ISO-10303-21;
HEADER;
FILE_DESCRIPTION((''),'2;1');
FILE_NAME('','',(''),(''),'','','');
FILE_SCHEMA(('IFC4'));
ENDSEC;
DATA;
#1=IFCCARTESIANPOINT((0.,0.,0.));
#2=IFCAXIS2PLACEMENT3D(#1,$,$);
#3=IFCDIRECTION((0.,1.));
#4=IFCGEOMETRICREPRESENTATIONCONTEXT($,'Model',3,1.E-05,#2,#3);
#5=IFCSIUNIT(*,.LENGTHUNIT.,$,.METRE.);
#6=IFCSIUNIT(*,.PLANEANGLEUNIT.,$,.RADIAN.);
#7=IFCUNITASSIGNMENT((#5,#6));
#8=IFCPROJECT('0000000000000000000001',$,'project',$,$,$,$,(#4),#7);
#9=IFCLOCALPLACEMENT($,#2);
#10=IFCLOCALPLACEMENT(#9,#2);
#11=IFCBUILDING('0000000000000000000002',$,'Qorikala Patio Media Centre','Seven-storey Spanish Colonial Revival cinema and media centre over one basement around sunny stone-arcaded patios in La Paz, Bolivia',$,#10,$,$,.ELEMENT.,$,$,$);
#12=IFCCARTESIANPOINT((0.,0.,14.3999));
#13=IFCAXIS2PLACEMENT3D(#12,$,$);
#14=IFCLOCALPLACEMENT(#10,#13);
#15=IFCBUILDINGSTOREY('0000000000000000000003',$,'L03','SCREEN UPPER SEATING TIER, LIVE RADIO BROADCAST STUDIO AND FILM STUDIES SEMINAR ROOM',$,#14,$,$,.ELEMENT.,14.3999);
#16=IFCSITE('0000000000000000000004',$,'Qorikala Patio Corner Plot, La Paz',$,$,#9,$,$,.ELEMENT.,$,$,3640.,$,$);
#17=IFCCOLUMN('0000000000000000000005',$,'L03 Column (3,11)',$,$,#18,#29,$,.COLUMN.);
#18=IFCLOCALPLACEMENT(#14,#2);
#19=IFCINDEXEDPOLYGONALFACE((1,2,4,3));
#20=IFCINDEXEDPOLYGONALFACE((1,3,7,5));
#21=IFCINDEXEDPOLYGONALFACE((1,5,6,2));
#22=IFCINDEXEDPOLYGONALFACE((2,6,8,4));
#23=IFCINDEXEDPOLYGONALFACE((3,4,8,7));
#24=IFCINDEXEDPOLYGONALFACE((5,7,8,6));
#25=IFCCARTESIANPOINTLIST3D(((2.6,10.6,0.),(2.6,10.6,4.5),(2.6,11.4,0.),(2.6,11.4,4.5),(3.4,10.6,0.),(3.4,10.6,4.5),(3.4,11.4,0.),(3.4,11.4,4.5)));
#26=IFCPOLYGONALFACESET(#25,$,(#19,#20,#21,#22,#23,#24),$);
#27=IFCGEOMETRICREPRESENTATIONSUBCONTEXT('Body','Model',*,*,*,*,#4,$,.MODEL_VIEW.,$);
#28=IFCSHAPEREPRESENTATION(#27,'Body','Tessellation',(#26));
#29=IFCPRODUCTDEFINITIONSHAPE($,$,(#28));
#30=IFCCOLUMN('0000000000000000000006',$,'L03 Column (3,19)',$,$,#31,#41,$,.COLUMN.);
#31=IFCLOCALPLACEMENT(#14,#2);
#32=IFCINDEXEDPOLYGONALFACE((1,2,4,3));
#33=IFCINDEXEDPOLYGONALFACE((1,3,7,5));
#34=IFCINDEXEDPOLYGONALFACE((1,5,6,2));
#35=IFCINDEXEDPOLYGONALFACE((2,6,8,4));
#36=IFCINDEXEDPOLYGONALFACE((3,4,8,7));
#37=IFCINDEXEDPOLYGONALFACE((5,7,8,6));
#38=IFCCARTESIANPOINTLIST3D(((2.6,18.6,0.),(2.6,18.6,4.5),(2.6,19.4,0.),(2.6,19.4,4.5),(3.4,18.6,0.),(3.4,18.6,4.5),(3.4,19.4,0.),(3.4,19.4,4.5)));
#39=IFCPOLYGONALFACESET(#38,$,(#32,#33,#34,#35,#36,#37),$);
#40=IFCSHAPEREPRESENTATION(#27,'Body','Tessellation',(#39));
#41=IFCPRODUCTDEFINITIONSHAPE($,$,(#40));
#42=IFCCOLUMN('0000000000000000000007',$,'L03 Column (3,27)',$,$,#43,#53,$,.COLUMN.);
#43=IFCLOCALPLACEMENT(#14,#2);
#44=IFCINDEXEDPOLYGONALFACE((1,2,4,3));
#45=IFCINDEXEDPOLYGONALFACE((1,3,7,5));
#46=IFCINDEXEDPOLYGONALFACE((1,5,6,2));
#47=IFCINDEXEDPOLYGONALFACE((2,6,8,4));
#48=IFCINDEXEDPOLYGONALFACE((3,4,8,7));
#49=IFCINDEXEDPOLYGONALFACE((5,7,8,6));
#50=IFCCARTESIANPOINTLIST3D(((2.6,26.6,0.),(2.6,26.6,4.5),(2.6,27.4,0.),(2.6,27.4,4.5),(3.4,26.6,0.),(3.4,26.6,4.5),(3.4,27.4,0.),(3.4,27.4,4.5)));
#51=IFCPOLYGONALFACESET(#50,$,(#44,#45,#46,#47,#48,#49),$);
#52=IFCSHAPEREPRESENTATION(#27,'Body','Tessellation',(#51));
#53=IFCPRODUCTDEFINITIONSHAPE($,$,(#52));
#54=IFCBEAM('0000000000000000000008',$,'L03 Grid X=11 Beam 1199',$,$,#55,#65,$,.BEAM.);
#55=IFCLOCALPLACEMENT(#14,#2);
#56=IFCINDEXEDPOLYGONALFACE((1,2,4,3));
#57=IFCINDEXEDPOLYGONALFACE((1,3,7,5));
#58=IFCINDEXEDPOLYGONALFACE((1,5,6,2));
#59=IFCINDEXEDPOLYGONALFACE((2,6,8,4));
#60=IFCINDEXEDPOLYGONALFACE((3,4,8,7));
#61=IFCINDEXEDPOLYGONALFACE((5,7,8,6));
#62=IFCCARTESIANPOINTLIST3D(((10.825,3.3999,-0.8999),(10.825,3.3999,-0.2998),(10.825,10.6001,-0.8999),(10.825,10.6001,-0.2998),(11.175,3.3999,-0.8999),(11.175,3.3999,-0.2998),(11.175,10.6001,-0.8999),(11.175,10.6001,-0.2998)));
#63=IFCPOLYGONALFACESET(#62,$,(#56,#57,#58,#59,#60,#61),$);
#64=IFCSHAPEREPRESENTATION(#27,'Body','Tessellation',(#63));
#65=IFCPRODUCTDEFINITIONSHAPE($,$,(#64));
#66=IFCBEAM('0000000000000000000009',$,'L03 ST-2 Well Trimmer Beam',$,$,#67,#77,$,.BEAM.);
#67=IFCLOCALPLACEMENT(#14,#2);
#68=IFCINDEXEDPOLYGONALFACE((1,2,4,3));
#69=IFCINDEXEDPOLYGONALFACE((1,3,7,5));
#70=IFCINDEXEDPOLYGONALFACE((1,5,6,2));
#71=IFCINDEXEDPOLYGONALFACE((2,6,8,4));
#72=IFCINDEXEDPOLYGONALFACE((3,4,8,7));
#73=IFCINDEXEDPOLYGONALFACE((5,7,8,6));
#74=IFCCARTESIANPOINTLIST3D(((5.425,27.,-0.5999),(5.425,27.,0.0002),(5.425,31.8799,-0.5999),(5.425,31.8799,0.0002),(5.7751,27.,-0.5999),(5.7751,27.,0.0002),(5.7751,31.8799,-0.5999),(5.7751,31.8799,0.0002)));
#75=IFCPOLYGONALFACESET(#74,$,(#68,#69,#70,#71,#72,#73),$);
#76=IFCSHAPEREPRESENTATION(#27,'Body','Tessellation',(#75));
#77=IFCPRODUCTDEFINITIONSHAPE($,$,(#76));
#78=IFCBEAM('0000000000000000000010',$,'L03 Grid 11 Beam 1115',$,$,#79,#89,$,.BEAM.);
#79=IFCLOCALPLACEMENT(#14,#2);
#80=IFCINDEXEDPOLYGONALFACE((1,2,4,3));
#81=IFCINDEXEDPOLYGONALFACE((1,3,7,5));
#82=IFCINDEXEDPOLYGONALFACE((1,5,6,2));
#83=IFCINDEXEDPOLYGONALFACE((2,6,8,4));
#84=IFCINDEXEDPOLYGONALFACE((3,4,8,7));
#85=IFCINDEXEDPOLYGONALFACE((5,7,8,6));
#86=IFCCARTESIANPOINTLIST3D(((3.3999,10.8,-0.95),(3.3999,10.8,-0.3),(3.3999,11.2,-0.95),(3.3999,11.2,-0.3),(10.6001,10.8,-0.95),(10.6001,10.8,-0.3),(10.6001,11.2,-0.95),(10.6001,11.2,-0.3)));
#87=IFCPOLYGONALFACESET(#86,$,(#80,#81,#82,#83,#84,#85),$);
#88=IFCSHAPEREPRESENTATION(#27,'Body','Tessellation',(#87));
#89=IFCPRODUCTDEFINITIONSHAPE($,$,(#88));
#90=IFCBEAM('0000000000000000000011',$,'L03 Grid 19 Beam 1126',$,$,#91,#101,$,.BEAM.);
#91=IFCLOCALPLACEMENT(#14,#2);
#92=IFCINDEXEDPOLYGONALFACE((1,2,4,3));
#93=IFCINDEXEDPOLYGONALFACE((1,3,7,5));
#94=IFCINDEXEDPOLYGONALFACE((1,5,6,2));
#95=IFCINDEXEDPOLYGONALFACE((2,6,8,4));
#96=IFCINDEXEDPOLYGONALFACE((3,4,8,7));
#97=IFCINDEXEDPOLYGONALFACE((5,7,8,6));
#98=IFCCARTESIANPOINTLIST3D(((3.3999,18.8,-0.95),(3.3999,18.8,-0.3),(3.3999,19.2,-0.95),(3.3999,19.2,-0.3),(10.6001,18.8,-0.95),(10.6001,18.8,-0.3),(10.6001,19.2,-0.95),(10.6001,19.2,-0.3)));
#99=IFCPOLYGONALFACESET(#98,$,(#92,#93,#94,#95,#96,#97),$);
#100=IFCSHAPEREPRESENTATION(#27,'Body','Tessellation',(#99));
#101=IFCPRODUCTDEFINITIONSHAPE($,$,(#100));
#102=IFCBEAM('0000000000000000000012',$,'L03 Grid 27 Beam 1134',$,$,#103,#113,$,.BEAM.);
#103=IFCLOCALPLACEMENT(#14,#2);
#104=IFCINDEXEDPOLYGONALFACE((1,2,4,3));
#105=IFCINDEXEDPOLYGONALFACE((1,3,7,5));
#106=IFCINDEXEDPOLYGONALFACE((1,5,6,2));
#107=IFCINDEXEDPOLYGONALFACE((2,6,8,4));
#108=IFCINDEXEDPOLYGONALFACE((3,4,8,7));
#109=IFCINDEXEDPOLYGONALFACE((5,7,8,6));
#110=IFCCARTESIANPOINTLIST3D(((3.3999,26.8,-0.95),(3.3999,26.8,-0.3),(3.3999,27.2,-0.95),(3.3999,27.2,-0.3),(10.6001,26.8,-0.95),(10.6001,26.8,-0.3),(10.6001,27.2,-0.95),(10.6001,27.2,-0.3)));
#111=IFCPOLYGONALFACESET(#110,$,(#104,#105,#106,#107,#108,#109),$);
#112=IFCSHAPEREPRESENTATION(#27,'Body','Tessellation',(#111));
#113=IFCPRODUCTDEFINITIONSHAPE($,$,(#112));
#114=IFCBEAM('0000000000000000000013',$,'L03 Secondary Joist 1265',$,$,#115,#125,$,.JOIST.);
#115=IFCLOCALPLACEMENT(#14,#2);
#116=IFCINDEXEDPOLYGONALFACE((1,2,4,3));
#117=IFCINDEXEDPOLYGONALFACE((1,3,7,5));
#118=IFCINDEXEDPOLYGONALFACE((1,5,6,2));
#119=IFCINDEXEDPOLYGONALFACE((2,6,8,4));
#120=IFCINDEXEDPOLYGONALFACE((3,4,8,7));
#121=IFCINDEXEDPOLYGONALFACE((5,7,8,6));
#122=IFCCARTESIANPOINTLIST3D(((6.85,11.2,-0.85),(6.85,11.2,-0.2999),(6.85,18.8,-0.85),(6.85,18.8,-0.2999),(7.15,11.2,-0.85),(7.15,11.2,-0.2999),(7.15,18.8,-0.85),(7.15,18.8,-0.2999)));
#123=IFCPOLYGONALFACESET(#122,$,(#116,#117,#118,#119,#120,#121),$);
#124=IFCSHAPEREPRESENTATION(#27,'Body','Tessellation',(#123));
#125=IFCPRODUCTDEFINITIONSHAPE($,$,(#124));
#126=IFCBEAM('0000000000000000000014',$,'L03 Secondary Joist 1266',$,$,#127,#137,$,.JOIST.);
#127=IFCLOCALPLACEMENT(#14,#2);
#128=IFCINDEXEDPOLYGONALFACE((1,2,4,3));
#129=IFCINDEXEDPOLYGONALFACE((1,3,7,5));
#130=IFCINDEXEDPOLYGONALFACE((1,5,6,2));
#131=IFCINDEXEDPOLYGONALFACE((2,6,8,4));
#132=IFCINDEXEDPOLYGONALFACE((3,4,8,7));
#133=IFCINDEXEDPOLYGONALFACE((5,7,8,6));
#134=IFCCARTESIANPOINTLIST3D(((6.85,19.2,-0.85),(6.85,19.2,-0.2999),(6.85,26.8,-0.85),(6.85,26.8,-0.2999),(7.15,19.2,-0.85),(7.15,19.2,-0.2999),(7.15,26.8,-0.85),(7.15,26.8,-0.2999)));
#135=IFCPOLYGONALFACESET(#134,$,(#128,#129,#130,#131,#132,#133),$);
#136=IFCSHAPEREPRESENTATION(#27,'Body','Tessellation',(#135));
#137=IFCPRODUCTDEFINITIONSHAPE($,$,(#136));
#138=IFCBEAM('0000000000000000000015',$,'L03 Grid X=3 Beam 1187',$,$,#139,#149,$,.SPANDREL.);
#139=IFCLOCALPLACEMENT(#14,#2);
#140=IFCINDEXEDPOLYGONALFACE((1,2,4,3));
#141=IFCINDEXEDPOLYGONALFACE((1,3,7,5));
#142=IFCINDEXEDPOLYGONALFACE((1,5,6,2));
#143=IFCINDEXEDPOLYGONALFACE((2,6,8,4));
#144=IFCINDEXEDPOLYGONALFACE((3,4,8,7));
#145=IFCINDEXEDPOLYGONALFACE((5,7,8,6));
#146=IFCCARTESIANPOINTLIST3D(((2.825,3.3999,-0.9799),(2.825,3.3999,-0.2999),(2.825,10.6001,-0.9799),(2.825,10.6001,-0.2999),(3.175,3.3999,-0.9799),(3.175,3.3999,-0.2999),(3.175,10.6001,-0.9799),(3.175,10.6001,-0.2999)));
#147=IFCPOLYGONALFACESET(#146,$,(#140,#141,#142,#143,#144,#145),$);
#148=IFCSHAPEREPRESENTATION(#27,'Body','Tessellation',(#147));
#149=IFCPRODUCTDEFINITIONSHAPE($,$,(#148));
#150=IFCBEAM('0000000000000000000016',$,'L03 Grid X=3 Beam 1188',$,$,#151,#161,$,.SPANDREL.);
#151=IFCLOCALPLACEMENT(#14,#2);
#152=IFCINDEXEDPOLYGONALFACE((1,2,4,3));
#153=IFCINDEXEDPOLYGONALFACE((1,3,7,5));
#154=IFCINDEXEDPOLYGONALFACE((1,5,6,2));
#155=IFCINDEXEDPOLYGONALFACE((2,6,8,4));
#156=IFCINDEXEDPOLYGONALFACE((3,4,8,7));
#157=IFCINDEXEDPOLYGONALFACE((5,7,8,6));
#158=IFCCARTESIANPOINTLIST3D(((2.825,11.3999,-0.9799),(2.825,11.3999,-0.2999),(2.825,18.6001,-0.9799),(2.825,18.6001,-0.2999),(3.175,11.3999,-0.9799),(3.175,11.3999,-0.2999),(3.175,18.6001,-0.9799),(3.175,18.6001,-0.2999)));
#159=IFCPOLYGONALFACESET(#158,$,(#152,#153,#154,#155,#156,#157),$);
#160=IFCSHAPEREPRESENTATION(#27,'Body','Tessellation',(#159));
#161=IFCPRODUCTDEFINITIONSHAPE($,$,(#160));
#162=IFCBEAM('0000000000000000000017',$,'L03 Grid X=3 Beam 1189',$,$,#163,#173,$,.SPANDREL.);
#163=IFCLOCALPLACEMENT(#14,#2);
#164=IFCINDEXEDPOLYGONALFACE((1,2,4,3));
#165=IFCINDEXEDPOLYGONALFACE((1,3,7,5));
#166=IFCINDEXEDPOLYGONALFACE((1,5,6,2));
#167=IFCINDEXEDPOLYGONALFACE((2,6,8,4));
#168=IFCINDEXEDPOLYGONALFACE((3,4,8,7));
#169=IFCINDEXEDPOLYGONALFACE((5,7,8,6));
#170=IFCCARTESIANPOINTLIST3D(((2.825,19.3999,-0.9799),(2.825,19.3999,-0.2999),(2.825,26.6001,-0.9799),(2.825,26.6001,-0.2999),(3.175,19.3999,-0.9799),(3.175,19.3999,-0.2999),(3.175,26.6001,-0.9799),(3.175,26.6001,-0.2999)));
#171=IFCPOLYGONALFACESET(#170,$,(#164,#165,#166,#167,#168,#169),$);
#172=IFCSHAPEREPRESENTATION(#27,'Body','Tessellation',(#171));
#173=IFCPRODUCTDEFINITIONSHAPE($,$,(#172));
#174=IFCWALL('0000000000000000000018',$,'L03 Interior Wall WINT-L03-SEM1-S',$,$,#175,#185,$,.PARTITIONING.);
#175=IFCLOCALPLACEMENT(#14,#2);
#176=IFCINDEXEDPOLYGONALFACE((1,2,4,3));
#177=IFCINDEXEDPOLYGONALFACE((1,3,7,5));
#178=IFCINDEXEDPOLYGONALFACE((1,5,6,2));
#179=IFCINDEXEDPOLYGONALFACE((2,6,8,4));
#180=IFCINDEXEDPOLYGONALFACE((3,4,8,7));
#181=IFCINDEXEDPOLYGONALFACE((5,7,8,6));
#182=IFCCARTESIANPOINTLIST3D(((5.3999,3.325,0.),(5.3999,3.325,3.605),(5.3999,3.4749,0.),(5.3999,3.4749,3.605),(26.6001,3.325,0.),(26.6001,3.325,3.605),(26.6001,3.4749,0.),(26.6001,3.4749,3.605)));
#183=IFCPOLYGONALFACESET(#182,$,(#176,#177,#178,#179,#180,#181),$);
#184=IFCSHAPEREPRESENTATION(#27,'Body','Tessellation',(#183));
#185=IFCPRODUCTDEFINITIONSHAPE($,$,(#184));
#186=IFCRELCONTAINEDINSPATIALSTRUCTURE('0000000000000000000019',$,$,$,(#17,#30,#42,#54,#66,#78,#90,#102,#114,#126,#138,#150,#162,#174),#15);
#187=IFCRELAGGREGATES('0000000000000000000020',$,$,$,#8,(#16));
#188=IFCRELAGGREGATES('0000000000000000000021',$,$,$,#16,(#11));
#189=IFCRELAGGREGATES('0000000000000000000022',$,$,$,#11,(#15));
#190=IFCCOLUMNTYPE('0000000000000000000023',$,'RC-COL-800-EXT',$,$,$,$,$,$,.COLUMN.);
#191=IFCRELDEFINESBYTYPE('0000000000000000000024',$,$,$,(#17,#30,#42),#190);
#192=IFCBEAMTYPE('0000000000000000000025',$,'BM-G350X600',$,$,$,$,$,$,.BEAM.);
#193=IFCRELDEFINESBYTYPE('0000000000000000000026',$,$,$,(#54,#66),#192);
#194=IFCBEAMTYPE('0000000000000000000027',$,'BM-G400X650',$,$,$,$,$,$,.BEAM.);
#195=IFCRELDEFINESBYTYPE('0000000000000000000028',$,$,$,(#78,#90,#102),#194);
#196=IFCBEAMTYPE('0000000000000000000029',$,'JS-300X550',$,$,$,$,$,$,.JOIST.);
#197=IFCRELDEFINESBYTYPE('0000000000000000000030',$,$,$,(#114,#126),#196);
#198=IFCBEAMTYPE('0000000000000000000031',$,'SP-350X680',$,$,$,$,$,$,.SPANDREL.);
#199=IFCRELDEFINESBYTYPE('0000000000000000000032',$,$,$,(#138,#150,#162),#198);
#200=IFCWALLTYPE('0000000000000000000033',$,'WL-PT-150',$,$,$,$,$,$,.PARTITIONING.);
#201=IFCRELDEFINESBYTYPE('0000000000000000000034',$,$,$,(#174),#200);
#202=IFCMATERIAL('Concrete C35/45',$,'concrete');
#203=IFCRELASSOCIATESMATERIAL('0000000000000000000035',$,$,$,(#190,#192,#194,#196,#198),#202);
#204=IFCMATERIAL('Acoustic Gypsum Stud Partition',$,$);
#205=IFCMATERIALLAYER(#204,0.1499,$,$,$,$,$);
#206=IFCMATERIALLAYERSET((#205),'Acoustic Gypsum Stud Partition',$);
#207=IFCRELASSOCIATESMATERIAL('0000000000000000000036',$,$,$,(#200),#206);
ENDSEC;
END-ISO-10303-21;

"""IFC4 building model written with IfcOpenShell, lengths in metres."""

from ifc_helpers import new_model, si_unit, direction, frame, frame_2d, origin, origin_2d, place, context, subcontext, project, spatial, rectangle, extrude, material, layer, layer_set, material_profile, profile_set, type_object, element, save


model = new_model("IFC4")

# Units and contexts
model_context = context("Model", 3, precision=1e-05, world=origin(), true_north=direction((0.0, 1.0)))
body_context = subcontext(model_context, "Body", "Model", "MODEL_VIEW")
ifc_project = project(units=[si_unit("LENGTHUNIT", "METRE"), si_unit("PLANEANGLEUNIT", "RADIAN")], contexts=[model_context])

# Site, building, storey
site_placement = place(None, origin())
site = spatial("IfcSite", under=ifc_project, at=site_placement, Name="Qorikala Patio Corner Plot, La Paz", CompositionType="ELEMENT", RefElevation=3640.0)
building_placement = place(site_placement, origin())
building = spatial("IfcBuilding", under=site, at=building_placement, Name="Qorikala Patio Media Centre", Description="Seven-storey Spanish Colonial Revival cinema and media centre over one basement around sunny stone-arcaded patios in La Paz, Bolivia", CompositionType="ELEMENT")
storey_placement = place(building_placement, frame((0.0, 0.0, 14.3999)))
storey = spatial("IfcBuildingStorey", under=building, at=storey_placement, Name="L03", Description="SCREEN UPPER SEATING TIER, LIVE RADIO BROADCAST STUDIO AND FILM STUDIES SEMINAR ROOM", CompositionType="ELEMENT", Elevation=14.3999)

# Columns
ifc_material_1 = material(Name="Concrete C35/45", Category="concrete")
ifc_material_profile_1 = material_profile(ifc_material_1, rectangle(XDim=0.8, YDim=0.8, at=origin_2d()), Name="RC 800x800")
ifc_profile_set_1 = profile_set([ifc_material_profile_1], Name="Concrete C35/45")
column_type = type_object("IfcColumnType", Name="RC-COL-800-EXT", PredefinedType="COLUMN", material=ifc_profile_set_1)
for number, where, z_axis, x_axis, name in (
    (1, (3.0, 11.0, 0.0), (0.0, 0.0, 1.0), (1.0, 0.0, 0.0), "L03 Column (3,11)"),
    (2, (3.0, 19.0, 0.0), (0.0, 0.0, 1.0), (1.0, 0.0, 0.0), "L03 Column (3,19)"),
    (3, (3.0, 27.0, 0.0), (0.0, 0.0, 1.0), (1.0, 0.0, 0.0), "L03 Column (3,27)"),
):
    element("IfcColumn", number, at=place(storey_placement, frame(where, z_axis=z_axis, x_axis=x_axis)), inside=storey, type_object=column_type, Name=name, PredefinedType="COLUMN", context=body_context, shape_type="SweptSolid", body=[
        extrude(rectangle(XDim=0.8, YDim=0.8, at=origin_2d()), origin(), (0.0, 0.0, 1.0), 4.5),
    ])

# Beams
ifc_material_profile_2 = material_profile(ifc_material_1, rectangle(XDim=0.3501, YDim=0.6001, at=origin_2d()), Name="RC 350x600")
ifc_profile_set_2 = profile_set([ifc_material_profile_2], Name="Concrete C35/45")
beam_type_1 = type_object("IfcBeamType", Name="BM-G350X600", PredefinedType="BEAM", material=ifc_profile_set_2)
beam_1_placement = place(storey_placement, frame((11.0, 3.3999, -0.5999), z_axis=(0.0, 1.0, 0.0), x_axis=(-1.0, 0.0, 0.0)))
element("IfcBeam", 4, at=beam_1_placement, inside=storey, type_object=beam_type_1, Name="L03 Grid X=11 Beam 1199", PredefinedType="BEAM", context=body_context, shape_type="SweptSolid", body=[
    extrude(rectangle(XDim=0.3501, YDim=0.6001, at=origin_2d()), origin(), (0.0, 0.0, 1.0), 7.2002),
])
beam_2_placement = place(storey_placement, frame((5.6001, 27.0, -0.2998), z_axis=(0.0, 1.0, 0.0), x_axis=(-1.0, 0.0, 0.0)))
element("IfcBeam", 5, at=beam_2_placement, inside=storey, type_object=beam_type_1, Name="L03 ST-2 Well Trimmer Beam", PredefinedType="BEAM", context=body_context, shape_type="SweptSolid", body=[
    extrude(rectangle(XDim=0.3501, YDim=0.6001, at=origin_2d()), origin(), (0.0, 0.0, 1.0), 4.8799),
])
ifc_material_profile_3 = material_profile(ifc_material_1, rectangle(XDim=0.3999, YDim=0.6499, at=origin_2d()), Name="RC 400x650")
ifc_profile_set_3 = profile_set([ifc_material_profile_3], Name="Concrete C35/45")
beam_type_2 = type_object("IfcBeamType", Name="BM-G400X650", PredefinedType="BEAM", material=ifc_profile_set_3)
for number, where, z_axis, x_axis, name in (
    (6, (3.3999, 11.0, -0.625), (1.0, 0.0, 0.0), (0.0, 1.0, 0.0), "L03 Grid 11 Beam 1115"),
    (7, (3.3999, 19.0, -0.625), (1.0, 0.0, 0.0), (0.0, 1.0, 0.0), "L03 Grid 19 Beam 1126"),
    (8, (3.3999, 27.0, -0.625), (1.0, 0.0, 0.0), (0.0, 1.0, 0.0), "L03 Grid 27 Beam 1134"),
):
    element("IfcBeam", number, at=place(storey_placement, frame(where, z_axis=z_axis, x_axis=x_axis)), inside=storey, type_object=beam_type_2, Name=name, PredefinedType="BEAM", context=body_context, shape_type="SweptSolid", body=[
        extrude(rectangle(XDim=0.3999, YDim=0.6499, at=origin_2d()), origin(), (0.0, 0.0, 1.0), 7.2002),
    ])
ifc_material_profile_4 = material_profile(ifc_material_1, rectangle(XDim=0.3, YDim=0.55, at=origin_2d()), Name="RC 300x550")
ifc_profile_set_4 = profile_set([ifc_material_profile_4], Name="Concrete C35/45")
beam_type_3 = type_object("IfcBeamType", Name="JS-300X550", PredefinedType="JOIST", material=ifc_profile_set_4)
for number, where, z_axis, x_axis, name in (
    (9, (7.0, 11.2, -0.575), (0.0, 1.0, 0.0), (-1.0, 0.0, 0.0), "L03 Secondary Joist 1265"),
    (10, (7.0, 19.2, -0.575), (0.0, 1.0, 0.0), (-1.0, 0.0, 0.0), "L03 Secondary Joist 1266"),
):
    element("IfcBeam", number, at=place(storey_placement, frame(where, z_axis=z_axis, x_axis=x_axis)), inside=storey, type_object=beam_type_3, Name=name, PredefinedType="JOIST", context=body_context, shape_type="SweptSolid", body=[
        extrude(rectangle(XDim=0.3, YDim=0.55, at=origin_2d()), origin(), (0.0, 0.0, 1.0), 7.6001),
    ])
ifc_material_profile_5 = material_profile(ifc_material_1, rectangle(XDim=0.3501, YDim=0.6799, at=origin_2d()), Name="RC 350x680")
ifc_profile_set_5 = profile_set([ifc_material_profile_5], Name="Concrete C35/45")
beam_type_4 = type_object("IfcBeamType", Name="SP-350X680", PredefinedType="SPANDREL", material=ifc_profile_set_5)
for number, where, z_axis, x_axis, name in (
    (11, (3.0, 3.3999, -0.6399), (0.0, 1.0, 0.0), (-1.0, 0.0, 0.0), "L03 Grid X=3 Beam 1187"),
    (12, (3.0, 11.3999, -0.6399), (0.0, 1.0, 0.0), (-1.0, 0.0, 0.0), "L03 Grid X=3 Beam 1188"),
    (13, (3.0, 19.3999, -0.6399), (0.0, 1.0, 0.0), (-1.0, 0.0, 0.0), "L03 Grid X=3 Beam 1189"),
):
    element("IfcBeam", number, at=place(storey_placement, frame(where, z_axis=z_axis, x_axis=x_axis)), inside=storey, type_object=beam_type_4, Name=name, PredefinedType="SPANDREL", context=body_context, shape_type="SweptSolid", body=[
        extrude(rectangle(XDim=0.3501, YDim=0.6799, at=origin_2d()), origin(), (0.0, 0.0, 1.0), 7.2002),
    ])

# Wall
ifc_material_2 = material(Name="Acoustic Gypsum Stud Partition")
ifc_layer_1 = layer(ifc_material_2, 0.1499)
ifc_layer_set_1 = layer_set([ifc_layer_1], Name="Acoustic Gypsum Stud Partition")
wall_type_1 = type_object("IfcWallType", Name="WL-PT-150", PredefinedType="PARTITIONING", material=ifc_layer_set_1)
wall_1_placement = place(storey_placement, frame((5.3999, 3.3999, 0.0), z_axis=(0.0, 0.0, 1.0), x_axis=(1.0, 0.0, 0.0)))
element("IfcWall", 14, at=wall_1_placement, inside=storey, type_object=wall_type_1, Name="L03 Interior Wall WINT-L03-SEM1-S", PredefinedType="PARTITIONING", context=body_context, shape_type="SweptSolid", body=[
    extrude(rectangle(XDim=21.2002, YDim=0.1499, at=frame_2d((10.6001, 0.0))), origin(), (0.0, 0.0, 1.0), 3.605),
])

save(model, "model.ifc")
